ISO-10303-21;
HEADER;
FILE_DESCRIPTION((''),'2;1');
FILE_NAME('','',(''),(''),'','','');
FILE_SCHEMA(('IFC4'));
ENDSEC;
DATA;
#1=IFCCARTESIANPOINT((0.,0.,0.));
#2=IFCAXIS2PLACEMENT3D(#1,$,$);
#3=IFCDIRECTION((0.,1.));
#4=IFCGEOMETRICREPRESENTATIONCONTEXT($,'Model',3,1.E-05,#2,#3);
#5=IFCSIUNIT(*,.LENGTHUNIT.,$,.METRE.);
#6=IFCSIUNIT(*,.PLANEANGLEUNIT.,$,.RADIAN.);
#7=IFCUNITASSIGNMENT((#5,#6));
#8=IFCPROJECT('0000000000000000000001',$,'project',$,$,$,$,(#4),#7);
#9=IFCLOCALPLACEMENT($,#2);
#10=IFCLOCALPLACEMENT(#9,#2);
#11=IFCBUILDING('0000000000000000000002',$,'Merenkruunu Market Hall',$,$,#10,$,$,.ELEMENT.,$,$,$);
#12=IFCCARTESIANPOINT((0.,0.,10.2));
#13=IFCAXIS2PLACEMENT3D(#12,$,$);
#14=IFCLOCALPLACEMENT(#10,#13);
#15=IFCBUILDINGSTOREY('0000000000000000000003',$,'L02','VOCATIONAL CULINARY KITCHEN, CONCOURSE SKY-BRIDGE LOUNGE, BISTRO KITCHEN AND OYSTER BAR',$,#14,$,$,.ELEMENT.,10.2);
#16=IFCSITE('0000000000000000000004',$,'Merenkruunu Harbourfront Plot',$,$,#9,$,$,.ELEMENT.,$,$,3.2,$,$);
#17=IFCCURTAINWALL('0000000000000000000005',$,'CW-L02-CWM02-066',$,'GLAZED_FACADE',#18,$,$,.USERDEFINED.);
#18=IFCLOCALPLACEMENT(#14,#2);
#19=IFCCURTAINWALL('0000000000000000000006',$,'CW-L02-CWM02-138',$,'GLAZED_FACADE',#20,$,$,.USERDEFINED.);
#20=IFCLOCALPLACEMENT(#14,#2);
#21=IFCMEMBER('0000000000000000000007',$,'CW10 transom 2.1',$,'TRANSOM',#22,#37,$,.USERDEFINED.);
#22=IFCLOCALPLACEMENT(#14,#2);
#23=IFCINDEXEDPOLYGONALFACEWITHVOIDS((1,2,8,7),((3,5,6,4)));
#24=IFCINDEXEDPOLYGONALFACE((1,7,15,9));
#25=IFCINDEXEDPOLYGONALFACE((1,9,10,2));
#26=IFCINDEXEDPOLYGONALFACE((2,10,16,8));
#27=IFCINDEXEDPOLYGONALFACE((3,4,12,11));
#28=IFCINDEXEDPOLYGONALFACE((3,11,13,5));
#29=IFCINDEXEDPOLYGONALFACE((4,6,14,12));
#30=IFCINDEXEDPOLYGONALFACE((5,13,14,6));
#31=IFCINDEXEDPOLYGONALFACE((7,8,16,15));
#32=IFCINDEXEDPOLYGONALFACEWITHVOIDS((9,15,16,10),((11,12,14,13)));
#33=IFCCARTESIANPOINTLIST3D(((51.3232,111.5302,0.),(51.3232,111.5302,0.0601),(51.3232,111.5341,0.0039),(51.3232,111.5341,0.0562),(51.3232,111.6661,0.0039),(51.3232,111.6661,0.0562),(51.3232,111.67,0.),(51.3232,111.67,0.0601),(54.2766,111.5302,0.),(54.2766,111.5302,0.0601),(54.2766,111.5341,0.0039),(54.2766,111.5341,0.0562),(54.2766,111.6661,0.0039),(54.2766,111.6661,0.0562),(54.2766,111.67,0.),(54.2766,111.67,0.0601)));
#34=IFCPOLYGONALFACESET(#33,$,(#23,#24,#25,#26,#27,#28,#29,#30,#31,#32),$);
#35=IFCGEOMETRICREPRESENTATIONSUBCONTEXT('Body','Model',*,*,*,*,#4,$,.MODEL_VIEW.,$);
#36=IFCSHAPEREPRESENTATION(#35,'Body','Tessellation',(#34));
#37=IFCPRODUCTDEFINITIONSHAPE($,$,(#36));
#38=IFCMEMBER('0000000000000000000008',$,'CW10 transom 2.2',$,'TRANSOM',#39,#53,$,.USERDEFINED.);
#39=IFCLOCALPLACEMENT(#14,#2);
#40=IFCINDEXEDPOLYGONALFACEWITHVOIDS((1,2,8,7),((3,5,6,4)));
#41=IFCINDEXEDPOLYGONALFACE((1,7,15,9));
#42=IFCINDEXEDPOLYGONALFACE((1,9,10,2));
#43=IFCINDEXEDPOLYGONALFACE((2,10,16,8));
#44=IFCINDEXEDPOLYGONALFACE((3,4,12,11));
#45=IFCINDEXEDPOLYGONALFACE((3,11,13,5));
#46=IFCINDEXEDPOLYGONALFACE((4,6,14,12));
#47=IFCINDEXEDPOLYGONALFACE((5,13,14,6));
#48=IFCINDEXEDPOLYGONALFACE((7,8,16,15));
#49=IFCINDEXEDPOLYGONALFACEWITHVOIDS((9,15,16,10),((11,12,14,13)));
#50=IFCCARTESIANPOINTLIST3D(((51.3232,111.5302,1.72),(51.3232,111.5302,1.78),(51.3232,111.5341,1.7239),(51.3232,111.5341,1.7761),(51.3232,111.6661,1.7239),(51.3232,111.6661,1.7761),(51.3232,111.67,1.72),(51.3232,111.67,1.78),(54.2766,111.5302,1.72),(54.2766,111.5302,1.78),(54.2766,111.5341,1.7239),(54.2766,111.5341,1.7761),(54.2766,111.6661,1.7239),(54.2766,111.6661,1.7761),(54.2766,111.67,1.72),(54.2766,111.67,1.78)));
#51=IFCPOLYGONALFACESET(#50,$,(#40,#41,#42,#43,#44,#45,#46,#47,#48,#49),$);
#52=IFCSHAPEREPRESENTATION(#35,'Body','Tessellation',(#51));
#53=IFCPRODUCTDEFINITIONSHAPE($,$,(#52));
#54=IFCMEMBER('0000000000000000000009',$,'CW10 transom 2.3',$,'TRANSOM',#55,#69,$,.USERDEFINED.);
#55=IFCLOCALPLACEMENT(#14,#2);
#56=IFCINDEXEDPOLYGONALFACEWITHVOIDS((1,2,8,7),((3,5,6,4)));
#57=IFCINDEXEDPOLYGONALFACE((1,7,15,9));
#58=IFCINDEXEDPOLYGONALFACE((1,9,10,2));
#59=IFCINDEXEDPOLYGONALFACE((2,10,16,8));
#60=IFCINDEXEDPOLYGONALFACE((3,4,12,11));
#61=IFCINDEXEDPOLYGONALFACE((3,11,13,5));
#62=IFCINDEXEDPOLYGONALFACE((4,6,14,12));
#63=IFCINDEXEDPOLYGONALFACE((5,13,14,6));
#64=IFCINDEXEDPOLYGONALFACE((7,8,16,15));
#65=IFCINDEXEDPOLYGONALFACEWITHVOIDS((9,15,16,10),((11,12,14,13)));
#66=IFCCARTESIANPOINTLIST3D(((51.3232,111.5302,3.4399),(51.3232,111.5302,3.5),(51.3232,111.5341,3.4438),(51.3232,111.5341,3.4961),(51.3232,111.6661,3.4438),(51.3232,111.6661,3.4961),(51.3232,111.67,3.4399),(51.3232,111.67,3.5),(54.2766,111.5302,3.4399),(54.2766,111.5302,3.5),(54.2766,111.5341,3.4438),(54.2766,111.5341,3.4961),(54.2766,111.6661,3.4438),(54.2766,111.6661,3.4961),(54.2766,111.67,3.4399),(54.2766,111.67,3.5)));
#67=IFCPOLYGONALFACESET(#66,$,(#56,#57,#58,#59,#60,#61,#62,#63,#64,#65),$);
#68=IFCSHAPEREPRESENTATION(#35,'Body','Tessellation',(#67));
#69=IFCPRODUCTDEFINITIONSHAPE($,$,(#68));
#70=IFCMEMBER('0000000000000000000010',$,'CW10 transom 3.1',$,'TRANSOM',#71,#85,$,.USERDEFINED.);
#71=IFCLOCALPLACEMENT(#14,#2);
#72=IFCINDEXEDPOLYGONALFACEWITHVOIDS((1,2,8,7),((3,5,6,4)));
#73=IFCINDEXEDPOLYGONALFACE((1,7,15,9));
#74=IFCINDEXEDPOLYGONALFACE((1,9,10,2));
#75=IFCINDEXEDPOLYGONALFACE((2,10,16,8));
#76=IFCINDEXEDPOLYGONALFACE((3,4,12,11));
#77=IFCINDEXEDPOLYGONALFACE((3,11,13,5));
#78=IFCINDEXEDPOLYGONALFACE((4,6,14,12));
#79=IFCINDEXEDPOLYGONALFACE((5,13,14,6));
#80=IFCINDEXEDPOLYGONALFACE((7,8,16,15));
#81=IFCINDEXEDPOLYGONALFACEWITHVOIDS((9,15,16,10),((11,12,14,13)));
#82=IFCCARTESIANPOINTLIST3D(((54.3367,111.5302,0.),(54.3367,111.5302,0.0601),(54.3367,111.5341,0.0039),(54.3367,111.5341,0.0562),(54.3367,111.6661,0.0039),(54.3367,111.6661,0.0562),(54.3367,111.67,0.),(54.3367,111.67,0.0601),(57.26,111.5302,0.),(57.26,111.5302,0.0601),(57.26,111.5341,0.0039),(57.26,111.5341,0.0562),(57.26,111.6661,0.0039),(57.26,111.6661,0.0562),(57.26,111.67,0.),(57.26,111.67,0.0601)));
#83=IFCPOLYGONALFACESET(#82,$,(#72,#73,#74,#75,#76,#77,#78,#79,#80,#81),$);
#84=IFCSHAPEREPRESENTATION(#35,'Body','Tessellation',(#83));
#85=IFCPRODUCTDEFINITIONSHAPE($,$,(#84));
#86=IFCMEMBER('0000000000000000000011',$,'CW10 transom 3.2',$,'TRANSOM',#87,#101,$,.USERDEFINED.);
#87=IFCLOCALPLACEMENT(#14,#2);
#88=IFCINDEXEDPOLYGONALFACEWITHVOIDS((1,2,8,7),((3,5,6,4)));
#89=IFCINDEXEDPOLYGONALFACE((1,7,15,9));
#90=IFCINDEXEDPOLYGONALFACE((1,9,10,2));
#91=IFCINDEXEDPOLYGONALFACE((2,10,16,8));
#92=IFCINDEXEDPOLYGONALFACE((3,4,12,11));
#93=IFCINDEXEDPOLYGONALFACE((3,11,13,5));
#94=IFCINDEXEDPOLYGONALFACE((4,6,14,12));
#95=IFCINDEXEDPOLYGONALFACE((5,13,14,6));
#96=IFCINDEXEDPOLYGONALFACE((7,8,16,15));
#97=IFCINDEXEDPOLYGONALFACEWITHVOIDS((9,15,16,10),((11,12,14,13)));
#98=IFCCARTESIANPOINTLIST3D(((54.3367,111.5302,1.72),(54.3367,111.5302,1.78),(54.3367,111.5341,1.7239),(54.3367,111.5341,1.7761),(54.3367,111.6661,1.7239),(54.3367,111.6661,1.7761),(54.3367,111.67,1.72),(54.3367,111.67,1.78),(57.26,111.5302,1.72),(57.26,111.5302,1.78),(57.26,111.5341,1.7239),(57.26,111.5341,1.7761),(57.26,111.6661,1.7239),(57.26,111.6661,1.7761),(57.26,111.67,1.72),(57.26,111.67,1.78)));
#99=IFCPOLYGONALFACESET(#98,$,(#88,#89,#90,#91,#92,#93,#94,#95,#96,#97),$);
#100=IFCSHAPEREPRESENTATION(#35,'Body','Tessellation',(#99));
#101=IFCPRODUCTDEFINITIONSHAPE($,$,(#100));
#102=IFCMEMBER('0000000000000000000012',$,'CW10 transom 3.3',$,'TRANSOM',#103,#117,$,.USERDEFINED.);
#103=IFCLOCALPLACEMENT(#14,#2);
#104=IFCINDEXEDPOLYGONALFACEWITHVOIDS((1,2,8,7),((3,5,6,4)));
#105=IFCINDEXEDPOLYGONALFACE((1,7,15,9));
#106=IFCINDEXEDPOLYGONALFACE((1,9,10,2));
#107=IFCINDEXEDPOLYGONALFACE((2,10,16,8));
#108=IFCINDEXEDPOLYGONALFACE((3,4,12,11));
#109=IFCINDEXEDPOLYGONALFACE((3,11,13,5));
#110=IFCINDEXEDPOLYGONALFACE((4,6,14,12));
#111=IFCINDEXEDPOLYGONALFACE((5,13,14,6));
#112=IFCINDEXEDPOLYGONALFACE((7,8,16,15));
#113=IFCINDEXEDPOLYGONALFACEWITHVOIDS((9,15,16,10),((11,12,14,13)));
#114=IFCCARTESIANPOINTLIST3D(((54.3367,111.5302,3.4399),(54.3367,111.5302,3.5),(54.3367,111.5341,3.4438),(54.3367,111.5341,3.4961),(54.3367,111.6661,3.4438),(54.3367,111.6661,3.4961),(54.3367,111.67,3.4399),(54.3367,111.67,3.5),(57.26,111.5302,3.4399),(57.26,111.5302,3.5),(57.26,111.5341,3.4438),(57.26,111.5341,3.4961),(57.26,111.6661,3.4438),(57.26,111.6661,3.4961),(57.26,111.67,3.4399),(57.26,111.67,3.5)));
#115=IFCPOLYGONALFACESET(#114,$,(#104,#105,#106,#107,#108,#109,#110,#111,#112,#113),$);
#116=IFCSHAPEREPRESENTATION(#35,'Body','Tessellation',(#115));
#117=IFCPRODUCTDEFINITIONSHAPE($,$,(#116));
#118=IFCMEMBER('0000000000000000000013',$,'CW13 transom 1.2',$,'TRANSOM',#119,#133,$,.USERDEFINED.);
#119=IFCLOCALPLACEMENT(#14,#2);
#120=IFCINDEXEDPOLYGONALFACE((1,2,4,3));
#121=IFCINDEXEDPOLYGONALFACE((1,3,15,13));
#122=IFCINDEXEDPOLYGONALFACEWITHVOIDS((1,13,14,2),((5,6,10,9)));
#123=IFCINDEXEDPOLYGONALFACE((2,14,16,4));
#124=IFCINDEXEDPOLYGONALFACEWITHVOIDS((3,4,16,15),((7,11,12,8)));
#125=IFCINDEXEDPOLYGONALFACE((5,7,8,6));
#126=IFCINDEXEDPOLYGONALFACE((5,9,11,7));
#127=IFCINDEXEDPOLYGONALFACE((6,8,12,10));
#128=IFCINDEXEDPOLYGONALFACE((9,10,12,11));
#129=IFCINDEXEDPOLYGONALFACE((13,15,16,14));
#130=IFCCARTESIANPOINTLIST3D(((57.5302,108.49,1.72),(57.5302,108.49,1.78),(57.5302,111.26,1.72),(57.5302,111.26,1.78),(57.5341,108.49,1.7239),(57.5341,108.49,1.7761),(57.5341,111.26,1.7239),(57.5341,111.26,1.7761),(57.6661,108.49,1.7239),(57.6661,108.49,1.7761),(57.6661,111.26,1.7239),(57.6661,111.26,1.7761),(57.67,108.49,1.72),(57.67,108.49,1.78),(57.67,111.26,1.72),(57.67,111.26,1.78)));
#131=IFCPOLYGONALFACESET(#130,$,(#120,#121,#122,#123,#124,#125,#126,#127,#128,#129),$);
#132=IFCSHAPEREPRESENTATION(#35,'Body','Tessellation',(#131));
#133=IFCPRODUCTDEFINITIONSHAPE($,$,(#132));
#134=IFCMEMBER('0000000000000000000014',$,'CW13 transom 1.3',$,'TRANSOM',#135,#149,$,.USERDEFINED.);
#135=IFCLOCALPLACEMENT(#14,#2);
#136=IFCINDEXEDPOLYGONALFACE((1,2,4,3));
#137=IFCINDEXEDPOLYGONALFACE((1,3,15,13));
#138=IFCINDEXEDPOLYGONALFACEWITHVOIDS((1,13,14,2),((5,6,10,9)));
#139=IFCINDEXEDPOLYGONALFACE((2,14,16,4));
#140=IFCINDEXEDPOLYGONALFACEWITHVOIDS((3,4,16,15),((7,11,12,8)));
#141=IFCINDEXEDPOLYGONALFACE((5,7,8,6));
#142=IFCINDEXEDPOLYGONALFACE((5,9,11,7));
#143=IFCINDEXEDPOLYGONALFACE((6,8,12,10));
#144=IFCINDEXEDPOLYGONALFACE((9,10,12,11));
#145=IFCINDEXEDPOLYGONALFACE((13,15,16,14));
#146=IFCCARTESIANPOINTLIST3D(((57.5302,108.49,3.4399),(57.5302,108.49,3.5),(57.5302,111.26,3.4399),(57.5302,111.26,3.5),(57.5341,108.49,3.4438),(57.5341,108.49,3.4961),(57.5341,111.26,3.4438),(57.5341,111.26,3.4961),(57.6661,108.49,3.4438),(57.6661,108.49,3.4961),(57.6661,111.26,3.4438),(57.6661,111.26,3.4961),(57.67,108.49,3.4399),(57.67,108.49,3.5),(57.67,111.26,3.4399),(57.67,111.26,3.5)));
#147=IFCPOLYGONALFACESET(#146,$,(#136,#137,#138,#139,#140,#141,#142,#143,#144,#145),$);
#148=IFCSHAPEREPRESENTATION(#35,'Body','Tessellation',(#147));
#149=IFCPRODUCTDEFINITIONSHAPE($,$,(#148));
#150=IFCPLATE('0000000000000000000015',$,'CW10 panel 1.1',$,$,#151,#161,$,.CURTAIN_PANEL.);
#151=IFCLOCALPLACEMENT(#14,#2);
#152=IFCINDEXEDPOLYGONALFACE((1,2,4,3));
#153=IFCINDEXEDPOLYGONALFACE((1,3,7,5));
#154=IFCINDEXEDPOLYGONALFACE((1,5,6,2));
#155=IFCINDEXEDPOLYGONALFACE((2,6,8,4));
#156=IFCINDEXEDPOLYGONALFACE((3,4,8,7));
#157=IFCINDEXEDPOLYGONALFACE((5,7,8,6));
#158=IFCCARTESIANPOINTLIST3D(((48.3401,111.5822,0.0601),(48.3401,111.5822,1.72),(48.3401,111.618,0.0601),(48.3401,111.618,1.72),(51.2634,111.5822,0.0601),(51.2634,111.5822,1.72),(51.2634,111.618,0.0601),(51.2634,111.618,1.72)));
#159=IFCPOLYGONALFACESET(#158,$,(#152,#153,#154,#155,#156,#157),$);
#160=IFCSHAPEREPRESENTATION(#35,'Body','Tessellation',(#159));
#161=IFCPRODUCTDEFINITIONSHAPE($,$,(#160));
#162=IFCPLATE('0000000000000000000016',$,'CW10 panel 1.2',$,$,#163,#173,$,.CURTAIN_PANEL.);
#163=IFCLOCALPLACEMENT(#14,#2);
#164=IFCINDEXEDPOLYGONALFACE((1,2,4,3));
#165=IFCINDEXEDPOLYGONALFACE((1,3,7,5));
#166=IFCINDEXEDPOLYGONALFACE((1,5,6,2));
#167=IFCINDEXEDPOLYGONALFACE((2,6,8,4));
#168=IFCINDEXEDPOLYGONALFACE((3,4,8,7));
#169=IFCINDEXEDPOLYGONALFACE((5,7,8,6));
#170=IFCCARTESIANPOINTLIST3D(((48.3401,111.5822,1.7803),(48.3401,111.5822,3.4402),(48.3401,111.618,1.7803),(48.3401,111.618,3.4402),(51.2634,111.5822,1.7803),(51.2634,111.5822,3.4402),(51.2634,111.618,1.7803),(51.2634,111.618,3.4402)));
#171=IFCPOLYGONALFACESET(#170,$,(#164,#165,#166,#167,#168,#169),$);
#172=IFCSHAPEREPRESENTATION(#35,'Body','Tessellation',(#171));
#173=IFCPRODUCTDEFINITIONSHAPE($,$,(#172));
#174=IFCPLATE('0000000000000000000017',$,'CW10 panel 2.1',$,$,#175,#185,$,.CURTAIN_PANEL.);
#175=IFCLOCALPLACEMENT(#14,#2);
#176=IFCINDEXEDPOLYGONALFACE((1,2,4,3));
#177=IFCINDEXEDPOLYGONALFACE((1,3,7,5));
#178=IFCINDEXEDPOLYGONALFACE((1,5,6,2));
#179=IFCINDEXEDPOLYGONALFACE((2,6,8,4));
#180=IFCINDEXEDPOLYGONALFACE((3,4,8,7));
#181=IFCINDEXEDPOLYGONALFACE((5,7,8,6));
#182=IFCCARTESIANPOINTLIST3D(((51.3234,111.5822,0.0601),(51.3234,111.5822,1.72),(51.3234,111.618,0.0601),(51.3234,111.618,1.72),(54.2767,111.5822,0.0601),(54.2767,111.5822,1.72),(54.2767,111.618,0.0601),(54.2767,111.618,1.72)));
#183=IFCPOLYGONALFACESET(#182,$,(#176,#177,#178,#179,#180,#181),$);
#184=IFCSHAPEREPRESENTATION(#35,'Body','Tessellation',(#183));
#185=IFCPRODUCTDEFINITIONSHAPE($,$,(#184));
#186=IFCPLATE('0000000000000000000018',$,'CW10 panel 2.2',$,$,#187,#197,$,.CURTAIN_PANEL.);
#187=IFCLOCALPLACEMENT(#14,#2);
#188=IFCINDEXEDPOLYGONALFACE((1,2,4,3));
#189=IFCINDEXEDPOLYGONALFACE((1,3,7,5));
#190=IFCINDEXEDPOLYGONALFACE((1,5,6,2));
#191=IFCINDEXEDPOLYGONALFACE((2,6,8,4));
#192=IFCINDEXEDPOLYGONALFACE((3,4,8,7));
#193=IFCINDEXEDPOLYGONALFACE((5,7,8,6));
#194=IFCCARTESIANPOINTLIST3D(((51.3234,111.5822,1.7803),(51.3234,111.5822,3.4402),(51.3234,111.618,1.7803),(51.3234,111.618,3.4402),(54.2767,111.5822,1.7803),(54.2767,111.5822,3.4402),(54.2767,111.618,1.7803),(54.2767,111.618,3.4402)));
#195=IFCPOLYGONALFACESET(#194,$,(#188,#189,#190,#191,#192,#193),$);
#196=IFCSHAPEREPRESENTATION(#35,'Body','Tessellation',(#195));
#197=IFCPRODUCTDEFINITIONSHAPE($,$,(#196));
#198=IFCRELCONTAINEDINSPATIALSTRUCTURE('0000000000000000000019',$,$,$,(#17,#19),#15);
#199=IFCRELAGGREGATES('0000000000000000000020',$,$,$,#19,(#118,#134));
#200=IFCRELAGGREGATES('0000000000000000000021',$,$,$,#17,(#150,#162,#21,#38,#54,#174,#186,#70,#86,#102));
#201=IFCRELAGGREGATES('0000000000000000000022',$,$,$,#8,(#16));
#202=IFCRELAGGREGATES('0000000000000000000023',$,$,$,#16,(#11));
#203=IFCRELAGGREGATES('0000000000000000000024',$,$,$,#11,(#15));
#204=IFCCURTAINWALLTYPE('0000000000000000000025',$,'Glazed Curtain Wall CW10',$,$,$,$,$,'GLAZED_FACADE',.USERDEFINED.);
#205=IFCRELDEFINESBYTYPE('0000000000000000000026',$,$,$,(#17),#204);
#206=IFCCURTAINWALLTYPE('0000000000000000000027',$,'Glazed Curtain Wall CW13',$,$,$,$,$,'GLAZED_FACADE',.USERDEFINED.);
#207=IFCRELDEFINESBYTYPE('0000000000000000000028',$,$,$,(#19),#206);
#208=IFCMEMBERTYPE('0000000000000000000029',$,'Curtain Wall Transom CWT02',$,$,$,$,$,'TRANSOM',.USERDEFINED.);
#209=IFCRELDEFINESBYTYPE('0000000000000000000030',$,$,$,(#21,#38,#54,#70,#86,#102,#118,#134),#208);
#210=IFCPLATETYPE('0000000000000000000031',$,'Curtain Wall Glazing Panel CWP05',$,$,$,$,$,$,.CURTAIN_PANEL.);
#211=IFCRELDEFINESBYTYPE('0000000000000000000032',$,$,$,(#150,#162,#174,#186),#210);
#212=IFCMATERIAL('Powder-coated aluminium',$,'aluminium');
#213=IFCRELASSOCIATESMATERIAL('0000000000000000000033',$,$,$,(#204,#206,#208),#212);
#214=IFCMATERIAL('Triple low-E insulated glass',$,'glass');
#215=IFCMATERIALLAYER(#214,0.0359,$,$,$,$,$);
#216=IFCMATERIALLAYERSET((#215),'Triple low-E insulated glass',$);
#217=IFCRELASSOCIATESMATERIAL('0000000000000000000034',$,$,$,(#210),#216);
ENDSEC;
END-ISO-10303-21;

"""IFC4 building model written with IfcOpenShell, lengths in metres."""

from ifc_helpers import new_model, si_unit, direction, frame, origin, origin_2d, place, context, subcontext, project, spatial, rectangle, hollow_rectangle, extrude, material, layer, layer_set, material_profile, profile_set, type_object, element, aggregate, save


model = new_model("IFC4")

# Units and contexts
model_context = context("Model", 3, precision=1e-05, world=origin(), true_north=direction((0.0, 1.0)))
body_context = subcontext(model_context, "Body", "Model", "MODEL_VIEW")
ifc_project = project(units=[si_unit("LENGTHUNIT", "METRE"), si_unit("PLANEANGLEUNIT", "RADIAN")], contexts=[model_context])

# Site, building, storey
site_placement = place(None, origin())
site = spatial("IfcSite", under=ifc_project, at=site_placement, Name="Merenkruunu Harbourfront Plot", CompositionType="ELEMENT", RefElevation=3.2)
building_placement = place(site_placement, origin())
building = spatial("IfcBuilding", under=site, at=building_placement, Name="Merenkruunu Market Hall", CompositionType="ELEMENT")
storey_placement = place(building_placement, frame((0.0, 0.0, 10.2)))
storey = spatial("IfcBuildingStorey", under=building, at=storey_placement, Name="L02", Description="VOCATIONAL CULINARY KITCHEN, CONCOURSE SKY-BRIDGE LOUNGE, BISTRO KITCHEN AND OYSTER BAR", CompositionType="ELEMENT", Elevation=10.2)

# Curtain wall
ifc_material_1 = material(Name="Powder-coated aluminium", Category="aluminium")
curtain_wall_type_1 = type_object("IfcCurtainWallType", Name="Glazed Curtain Wall CW10", ElementType="GLAZED_FACADE", PredefinedType="USERDEFINED", material=ifc_material_1)
curtain_wall_1_placement = place(storey_placement, origin())
curtain_wall_1 = element("IfcCurtainWall", 1, at=curtain_wall_1_placement, inside=storey, type_object=curtain_wall_type_1, Name="CW-L02-CWM02-066", ObjectType="GLAZED_FACADE", PredefinedType="USERDEFINED")

# Curtain wall
curtain_wall_type_2 = type_object("IfcCurtainWallType", Name="Glazed Curtain Wall CW13", ElementType="GLAZED_FACADE", PredefinedType="USERDEFINED", material=ifc_material_1)
curtain_wall_2_placement = place(storey_placement, origin())
curtain_wall_2 = element("IfcCurtainWall", 2, at=curtain_wall_2_placement, inside=storey, type_object=curtain_wall_type_2, Name="CW-L02-CWM02-138", ObjectType="GLAZED_FACADE", PredefinedType="USERDEFINED")

# Members
ifc_material_profile_1 = material_profile(ifc_material_1, hollow_rectangle(XDim=0.0601, YDim=0.1399, WallThickness=0.0039, at=origin_2d()), Name="ALU 60x140x4")
ifc_profile_set_1 = profile_set([ifc_material_profile_1], Name="Powder-coated aluminium")
member_type_1 = type_object("IfcMemberType", Name="Curtain Wall Transom CWT02", ElementType="TRANSOM", PredefinedType="USERDEFINED", material=ifc_profile_set_1)
member_1_placement = place(storey_placement, frame((51.3232, 111.6001, 0.03), z_axis=(1.0, 0.0, 0.0), x_axis=(0.0, 0.0, 1.0)))
member_1 = element("IfcMember", 3, at=member_1_placement, type_object=member_type_1, Name="CW10 transom 2.1", ObjectType="TRANSOM", PredefinedType="USERDEFINED", context=body_context, shape_type="SweptSolid", body=[
    extrude(hollow_rectangle(XDim=0.0601, YDim=0.1399, WallThickness=0.0039, at=origin_2d()), origin(), (0.0, 0.0, 1.0), 2.9534),
])
member_2_placement = place(storey_placement, frame((51.3232, 111.6001, 1.75), z_axis=(1.0, 0.0, 0.0), x_axis=(0.0, 0.0, 1.0)))
member_2 = element("IfcMember", 4, at=member_2_placement, type_object=member_type_1, Name="CW10 transom 2.2", ObjectType="TRANSOM", PredefinedType="USERDEFINED", context=body_context, shape_type="SweptSolid", body=[
    extrude(hollow_rectangle(XDim=0.0601, YDim=0.1399, WallThickness=0.0039, at=origin_2d()), origin(), (0.0, 0.0, 1.0), 2.9534),
])
member_3_placement = place(storey_placement, frame((51.3232, 111.6001, 3.47), z_axis=(1.0, 0.0, 0.0), x_axis=(0.0, 0.0, 1.0)))
member_3 = element("IfcMember", 5, at=member_3_placement, type_object=member_type_1, Name="CW10 transom 2.3", ObjectType="TRANSOM", PredefinedType="USERDEFINED", context=body_context, shape_type="SweptSolid", body=[
    extrude(hollow_rectangle(XDim=0.0601, YDim=0.1399, WallThickness=0.0039, at=origin_2d()), origin(), (0.0, 0.0, 1.0), 2.9534),
])
member_4_placement = place(storey_placement, frame((54.3367, 111.6001, 0.03), z_axis=(1.0, 0.0, 0.0), x_axis=(0.0, 0.0, 1.0)))
member_4 = element("IfcMember", 6, at=member_4_placement, type_object=member_type_1, Name="CW10 transom 3.1", ObjectType="TRANSOM", PredefinedType="USERDEFINED", context=body_context, shape_type="SweptSolid", body=[
    extrude(hollow_rectangle(XDim=0.0601, YDim=0.1399, WallThickness=0.0039, at=origin_2d()), origin(), (0.0, 0.0, 1.0), 2.9233),
])
member_5_placement = place(storey_placement, frame((54.3367, 111.6001, 1.75), z_axis=(1.0, 0.0, 0.0), x_axis=(0.0, 0.0, 1.0)))
member_5 = element("IfcMember", 7, at=member_5_placement, type_object=member_type_1, Name="CW10 transom 3.2", ObjectType="TRANSOM", PredefinedType="USERDEFINED", context=body_context, shape_type="SweptSolid", body=[
    extrude(hollow_rectangle(XDim=0.0601, YDim=0.1399, WallThickness=0.0039, at=origin_2d()), origin(), (0.0, 0.0, 1.0), 2.9233),
])
member_6_placement = place(storey_placement, frame((54.3367, 111.6001, 3.47), z_axis=(1.0, 0.0, 0.0), x_axis=(0.0, 0.0, 1.0)))
member_6 = element("IfcMember", 8, at=member_6_placement, type_object=member_type_1, Name="CW10 transom 3.3", ObjectType="TRANSOM", PredefinedType="USERDEFINED", context=body_context, shape_type="SweptSolid", body=[
    extrude(hollow_rectangle(XDim=0.0601, YDim=0.1399, WallThickness=0.0039, at=origin_2d()), origin(), (0.0, 0.0, 1.0), 2.9233),
])
member_7_placement = place(storey_placement, frame((57.6001, 111.26, 1.75), z_axis=(0.0, -1.0, 0.0), x_axis=(0.0, 0.0, 1.0)))
member_7 = element("IfcMember", 9, at=member_7_placement, type_object=member_type_1, Name="CW13 transom 1.2", ObjectType="TRANSOM", PredefinedType="USERDEFINED", context=body_context, shape_type="SweptSolid", body=[
    extrude(hollow_rectangle(XDim=0.0601, YDim=0.1399, WallThickness=0.0039, at=origin_2d()), origin(), (0.0, 0.0, 1.0), 2.77),
])
member_8_placement = place(storey_placement, frame((57.6001, 111.26, 3.47), z_axis=(0.0, -1.0, 0.0), x_axis=(0.0, 0.0, 1.0)))
member_8 = element("IfcMember", 10, at=member_8_placement, type_object=member_type_1, Name="CW13 transom 1.3", ObjectType="TRANSOM", PredefinedType="USERDEFINED", context=body_context, shape_type="SweptSolid", body=[
    extrude(hollow_rectangle(XDim=0.0601, YDim=0.1399, WallThickness=0.0039, at=origin_2d()), origin(), (0.0, 0.0, 1.0), 2.77),
])
aggregate(curtain_wall_2, [member_7, member_8])

# Plates
ifc_material_2 = material(Name="Triple low-E insulated glass", Category="glass")
ifc_layer_1 = layer(ifc_material_2, 0.0359)
ifc_layer_set_1 = layer_set([ifc_layer_1], Name="Triple low-E insulated glass")
plate_type_1 = type_object("IfcPlateType", Name="Curtain Wall Glazing Panel CWP05", PredefinedType="CURTAIN_PANEL", material=ifc_layer_set_1)
plate_1_placement = place(storey_placement, frame((49.8018, 111.6001, 0.0601), z_axis=(0.0, 0.0, 1.0), x_axis=(1.0, 0.0, 0.0)))
plate_1 = element("IfcPlate", 11, at=plate_1_placement, type_object=plate_type_1, Name="CW10 panel 1.1", PredefinedType="CURTAIN_PANEL", context=body_context, shape_type="SweptSolid", body=[
    extrude(rectangle(XDim=2.9233, YDim=0.0359, at=origin_2d()), origin(), (0.0, 0.0, 1.0), 1.6599),
])
plate_2_placement = place(storey_placement, frame((49.8018, 111.6001, 1.7803), z_axis=(0.0, 0.0, 1.0), x_axis=(1.0, 0.0, 0.0)))
plate_2 = element("IfcPlate", 12, at=plate_2_placement, type_object=plate_type_1, Name="CW10 panel 1.2", PredefinedType="CURTAIN_PANEL", context=body_context, shape_type="SweptSolid", body=[
    extrude(rectangle(XDim=2.9233, YDim=0.0359, at=origin_2d()), origin(), (0.0, 0.0, 1.0), 1.6599),
])
plate_3_placement = place(storey_placement, frame((52.8, 111.6001, 0.0601), z_axis=(0.0, 0.0, 1.0), x_axis=(1.0, 0.0, 0.0)))
plate_3 = element("IfcPlate", 13, at=plate_3_placement, type_object=plate_type_1, Name="CW10 panel 2.1", PredefinedType="CURTAIN_PANEL", context=body_context, shape_type="SweptSolid", body=[
    extrude(rectangle(XDim=2.9534, YDim=0.0359, at=origin_2d()), origin(), (0.0, 0.0, 1.0), 1.6599),
])
plate_4_placement = place(storey_placement, frame((52.8, 111.6001, 1.7803), z_axis=(0.0, 0.0, 1.0), x_axis=(1.0, 0.0, 0.0)))
plate_4 = element("IfcPlate", 14, at=plate_4_placement, type_object=plate_type_1, Name="CW10 panel 2.2", PredefinedType="CURTAIN_PANEL", context=body_context, shape_type="SweptSolid", body=[
    extrude(rectangle(XDim=2.9534, YDim=0.0359, at=origin_2d()), origin(), (0.0, 0.0, 1.0), 1.6599),
])
aggregate(curtain_wall_1, [plate_1, plate_2, member_1, member_2, member_3, plate_3, plate_4, member_4, member_5, member_6])

save(model, "model.ifc")
